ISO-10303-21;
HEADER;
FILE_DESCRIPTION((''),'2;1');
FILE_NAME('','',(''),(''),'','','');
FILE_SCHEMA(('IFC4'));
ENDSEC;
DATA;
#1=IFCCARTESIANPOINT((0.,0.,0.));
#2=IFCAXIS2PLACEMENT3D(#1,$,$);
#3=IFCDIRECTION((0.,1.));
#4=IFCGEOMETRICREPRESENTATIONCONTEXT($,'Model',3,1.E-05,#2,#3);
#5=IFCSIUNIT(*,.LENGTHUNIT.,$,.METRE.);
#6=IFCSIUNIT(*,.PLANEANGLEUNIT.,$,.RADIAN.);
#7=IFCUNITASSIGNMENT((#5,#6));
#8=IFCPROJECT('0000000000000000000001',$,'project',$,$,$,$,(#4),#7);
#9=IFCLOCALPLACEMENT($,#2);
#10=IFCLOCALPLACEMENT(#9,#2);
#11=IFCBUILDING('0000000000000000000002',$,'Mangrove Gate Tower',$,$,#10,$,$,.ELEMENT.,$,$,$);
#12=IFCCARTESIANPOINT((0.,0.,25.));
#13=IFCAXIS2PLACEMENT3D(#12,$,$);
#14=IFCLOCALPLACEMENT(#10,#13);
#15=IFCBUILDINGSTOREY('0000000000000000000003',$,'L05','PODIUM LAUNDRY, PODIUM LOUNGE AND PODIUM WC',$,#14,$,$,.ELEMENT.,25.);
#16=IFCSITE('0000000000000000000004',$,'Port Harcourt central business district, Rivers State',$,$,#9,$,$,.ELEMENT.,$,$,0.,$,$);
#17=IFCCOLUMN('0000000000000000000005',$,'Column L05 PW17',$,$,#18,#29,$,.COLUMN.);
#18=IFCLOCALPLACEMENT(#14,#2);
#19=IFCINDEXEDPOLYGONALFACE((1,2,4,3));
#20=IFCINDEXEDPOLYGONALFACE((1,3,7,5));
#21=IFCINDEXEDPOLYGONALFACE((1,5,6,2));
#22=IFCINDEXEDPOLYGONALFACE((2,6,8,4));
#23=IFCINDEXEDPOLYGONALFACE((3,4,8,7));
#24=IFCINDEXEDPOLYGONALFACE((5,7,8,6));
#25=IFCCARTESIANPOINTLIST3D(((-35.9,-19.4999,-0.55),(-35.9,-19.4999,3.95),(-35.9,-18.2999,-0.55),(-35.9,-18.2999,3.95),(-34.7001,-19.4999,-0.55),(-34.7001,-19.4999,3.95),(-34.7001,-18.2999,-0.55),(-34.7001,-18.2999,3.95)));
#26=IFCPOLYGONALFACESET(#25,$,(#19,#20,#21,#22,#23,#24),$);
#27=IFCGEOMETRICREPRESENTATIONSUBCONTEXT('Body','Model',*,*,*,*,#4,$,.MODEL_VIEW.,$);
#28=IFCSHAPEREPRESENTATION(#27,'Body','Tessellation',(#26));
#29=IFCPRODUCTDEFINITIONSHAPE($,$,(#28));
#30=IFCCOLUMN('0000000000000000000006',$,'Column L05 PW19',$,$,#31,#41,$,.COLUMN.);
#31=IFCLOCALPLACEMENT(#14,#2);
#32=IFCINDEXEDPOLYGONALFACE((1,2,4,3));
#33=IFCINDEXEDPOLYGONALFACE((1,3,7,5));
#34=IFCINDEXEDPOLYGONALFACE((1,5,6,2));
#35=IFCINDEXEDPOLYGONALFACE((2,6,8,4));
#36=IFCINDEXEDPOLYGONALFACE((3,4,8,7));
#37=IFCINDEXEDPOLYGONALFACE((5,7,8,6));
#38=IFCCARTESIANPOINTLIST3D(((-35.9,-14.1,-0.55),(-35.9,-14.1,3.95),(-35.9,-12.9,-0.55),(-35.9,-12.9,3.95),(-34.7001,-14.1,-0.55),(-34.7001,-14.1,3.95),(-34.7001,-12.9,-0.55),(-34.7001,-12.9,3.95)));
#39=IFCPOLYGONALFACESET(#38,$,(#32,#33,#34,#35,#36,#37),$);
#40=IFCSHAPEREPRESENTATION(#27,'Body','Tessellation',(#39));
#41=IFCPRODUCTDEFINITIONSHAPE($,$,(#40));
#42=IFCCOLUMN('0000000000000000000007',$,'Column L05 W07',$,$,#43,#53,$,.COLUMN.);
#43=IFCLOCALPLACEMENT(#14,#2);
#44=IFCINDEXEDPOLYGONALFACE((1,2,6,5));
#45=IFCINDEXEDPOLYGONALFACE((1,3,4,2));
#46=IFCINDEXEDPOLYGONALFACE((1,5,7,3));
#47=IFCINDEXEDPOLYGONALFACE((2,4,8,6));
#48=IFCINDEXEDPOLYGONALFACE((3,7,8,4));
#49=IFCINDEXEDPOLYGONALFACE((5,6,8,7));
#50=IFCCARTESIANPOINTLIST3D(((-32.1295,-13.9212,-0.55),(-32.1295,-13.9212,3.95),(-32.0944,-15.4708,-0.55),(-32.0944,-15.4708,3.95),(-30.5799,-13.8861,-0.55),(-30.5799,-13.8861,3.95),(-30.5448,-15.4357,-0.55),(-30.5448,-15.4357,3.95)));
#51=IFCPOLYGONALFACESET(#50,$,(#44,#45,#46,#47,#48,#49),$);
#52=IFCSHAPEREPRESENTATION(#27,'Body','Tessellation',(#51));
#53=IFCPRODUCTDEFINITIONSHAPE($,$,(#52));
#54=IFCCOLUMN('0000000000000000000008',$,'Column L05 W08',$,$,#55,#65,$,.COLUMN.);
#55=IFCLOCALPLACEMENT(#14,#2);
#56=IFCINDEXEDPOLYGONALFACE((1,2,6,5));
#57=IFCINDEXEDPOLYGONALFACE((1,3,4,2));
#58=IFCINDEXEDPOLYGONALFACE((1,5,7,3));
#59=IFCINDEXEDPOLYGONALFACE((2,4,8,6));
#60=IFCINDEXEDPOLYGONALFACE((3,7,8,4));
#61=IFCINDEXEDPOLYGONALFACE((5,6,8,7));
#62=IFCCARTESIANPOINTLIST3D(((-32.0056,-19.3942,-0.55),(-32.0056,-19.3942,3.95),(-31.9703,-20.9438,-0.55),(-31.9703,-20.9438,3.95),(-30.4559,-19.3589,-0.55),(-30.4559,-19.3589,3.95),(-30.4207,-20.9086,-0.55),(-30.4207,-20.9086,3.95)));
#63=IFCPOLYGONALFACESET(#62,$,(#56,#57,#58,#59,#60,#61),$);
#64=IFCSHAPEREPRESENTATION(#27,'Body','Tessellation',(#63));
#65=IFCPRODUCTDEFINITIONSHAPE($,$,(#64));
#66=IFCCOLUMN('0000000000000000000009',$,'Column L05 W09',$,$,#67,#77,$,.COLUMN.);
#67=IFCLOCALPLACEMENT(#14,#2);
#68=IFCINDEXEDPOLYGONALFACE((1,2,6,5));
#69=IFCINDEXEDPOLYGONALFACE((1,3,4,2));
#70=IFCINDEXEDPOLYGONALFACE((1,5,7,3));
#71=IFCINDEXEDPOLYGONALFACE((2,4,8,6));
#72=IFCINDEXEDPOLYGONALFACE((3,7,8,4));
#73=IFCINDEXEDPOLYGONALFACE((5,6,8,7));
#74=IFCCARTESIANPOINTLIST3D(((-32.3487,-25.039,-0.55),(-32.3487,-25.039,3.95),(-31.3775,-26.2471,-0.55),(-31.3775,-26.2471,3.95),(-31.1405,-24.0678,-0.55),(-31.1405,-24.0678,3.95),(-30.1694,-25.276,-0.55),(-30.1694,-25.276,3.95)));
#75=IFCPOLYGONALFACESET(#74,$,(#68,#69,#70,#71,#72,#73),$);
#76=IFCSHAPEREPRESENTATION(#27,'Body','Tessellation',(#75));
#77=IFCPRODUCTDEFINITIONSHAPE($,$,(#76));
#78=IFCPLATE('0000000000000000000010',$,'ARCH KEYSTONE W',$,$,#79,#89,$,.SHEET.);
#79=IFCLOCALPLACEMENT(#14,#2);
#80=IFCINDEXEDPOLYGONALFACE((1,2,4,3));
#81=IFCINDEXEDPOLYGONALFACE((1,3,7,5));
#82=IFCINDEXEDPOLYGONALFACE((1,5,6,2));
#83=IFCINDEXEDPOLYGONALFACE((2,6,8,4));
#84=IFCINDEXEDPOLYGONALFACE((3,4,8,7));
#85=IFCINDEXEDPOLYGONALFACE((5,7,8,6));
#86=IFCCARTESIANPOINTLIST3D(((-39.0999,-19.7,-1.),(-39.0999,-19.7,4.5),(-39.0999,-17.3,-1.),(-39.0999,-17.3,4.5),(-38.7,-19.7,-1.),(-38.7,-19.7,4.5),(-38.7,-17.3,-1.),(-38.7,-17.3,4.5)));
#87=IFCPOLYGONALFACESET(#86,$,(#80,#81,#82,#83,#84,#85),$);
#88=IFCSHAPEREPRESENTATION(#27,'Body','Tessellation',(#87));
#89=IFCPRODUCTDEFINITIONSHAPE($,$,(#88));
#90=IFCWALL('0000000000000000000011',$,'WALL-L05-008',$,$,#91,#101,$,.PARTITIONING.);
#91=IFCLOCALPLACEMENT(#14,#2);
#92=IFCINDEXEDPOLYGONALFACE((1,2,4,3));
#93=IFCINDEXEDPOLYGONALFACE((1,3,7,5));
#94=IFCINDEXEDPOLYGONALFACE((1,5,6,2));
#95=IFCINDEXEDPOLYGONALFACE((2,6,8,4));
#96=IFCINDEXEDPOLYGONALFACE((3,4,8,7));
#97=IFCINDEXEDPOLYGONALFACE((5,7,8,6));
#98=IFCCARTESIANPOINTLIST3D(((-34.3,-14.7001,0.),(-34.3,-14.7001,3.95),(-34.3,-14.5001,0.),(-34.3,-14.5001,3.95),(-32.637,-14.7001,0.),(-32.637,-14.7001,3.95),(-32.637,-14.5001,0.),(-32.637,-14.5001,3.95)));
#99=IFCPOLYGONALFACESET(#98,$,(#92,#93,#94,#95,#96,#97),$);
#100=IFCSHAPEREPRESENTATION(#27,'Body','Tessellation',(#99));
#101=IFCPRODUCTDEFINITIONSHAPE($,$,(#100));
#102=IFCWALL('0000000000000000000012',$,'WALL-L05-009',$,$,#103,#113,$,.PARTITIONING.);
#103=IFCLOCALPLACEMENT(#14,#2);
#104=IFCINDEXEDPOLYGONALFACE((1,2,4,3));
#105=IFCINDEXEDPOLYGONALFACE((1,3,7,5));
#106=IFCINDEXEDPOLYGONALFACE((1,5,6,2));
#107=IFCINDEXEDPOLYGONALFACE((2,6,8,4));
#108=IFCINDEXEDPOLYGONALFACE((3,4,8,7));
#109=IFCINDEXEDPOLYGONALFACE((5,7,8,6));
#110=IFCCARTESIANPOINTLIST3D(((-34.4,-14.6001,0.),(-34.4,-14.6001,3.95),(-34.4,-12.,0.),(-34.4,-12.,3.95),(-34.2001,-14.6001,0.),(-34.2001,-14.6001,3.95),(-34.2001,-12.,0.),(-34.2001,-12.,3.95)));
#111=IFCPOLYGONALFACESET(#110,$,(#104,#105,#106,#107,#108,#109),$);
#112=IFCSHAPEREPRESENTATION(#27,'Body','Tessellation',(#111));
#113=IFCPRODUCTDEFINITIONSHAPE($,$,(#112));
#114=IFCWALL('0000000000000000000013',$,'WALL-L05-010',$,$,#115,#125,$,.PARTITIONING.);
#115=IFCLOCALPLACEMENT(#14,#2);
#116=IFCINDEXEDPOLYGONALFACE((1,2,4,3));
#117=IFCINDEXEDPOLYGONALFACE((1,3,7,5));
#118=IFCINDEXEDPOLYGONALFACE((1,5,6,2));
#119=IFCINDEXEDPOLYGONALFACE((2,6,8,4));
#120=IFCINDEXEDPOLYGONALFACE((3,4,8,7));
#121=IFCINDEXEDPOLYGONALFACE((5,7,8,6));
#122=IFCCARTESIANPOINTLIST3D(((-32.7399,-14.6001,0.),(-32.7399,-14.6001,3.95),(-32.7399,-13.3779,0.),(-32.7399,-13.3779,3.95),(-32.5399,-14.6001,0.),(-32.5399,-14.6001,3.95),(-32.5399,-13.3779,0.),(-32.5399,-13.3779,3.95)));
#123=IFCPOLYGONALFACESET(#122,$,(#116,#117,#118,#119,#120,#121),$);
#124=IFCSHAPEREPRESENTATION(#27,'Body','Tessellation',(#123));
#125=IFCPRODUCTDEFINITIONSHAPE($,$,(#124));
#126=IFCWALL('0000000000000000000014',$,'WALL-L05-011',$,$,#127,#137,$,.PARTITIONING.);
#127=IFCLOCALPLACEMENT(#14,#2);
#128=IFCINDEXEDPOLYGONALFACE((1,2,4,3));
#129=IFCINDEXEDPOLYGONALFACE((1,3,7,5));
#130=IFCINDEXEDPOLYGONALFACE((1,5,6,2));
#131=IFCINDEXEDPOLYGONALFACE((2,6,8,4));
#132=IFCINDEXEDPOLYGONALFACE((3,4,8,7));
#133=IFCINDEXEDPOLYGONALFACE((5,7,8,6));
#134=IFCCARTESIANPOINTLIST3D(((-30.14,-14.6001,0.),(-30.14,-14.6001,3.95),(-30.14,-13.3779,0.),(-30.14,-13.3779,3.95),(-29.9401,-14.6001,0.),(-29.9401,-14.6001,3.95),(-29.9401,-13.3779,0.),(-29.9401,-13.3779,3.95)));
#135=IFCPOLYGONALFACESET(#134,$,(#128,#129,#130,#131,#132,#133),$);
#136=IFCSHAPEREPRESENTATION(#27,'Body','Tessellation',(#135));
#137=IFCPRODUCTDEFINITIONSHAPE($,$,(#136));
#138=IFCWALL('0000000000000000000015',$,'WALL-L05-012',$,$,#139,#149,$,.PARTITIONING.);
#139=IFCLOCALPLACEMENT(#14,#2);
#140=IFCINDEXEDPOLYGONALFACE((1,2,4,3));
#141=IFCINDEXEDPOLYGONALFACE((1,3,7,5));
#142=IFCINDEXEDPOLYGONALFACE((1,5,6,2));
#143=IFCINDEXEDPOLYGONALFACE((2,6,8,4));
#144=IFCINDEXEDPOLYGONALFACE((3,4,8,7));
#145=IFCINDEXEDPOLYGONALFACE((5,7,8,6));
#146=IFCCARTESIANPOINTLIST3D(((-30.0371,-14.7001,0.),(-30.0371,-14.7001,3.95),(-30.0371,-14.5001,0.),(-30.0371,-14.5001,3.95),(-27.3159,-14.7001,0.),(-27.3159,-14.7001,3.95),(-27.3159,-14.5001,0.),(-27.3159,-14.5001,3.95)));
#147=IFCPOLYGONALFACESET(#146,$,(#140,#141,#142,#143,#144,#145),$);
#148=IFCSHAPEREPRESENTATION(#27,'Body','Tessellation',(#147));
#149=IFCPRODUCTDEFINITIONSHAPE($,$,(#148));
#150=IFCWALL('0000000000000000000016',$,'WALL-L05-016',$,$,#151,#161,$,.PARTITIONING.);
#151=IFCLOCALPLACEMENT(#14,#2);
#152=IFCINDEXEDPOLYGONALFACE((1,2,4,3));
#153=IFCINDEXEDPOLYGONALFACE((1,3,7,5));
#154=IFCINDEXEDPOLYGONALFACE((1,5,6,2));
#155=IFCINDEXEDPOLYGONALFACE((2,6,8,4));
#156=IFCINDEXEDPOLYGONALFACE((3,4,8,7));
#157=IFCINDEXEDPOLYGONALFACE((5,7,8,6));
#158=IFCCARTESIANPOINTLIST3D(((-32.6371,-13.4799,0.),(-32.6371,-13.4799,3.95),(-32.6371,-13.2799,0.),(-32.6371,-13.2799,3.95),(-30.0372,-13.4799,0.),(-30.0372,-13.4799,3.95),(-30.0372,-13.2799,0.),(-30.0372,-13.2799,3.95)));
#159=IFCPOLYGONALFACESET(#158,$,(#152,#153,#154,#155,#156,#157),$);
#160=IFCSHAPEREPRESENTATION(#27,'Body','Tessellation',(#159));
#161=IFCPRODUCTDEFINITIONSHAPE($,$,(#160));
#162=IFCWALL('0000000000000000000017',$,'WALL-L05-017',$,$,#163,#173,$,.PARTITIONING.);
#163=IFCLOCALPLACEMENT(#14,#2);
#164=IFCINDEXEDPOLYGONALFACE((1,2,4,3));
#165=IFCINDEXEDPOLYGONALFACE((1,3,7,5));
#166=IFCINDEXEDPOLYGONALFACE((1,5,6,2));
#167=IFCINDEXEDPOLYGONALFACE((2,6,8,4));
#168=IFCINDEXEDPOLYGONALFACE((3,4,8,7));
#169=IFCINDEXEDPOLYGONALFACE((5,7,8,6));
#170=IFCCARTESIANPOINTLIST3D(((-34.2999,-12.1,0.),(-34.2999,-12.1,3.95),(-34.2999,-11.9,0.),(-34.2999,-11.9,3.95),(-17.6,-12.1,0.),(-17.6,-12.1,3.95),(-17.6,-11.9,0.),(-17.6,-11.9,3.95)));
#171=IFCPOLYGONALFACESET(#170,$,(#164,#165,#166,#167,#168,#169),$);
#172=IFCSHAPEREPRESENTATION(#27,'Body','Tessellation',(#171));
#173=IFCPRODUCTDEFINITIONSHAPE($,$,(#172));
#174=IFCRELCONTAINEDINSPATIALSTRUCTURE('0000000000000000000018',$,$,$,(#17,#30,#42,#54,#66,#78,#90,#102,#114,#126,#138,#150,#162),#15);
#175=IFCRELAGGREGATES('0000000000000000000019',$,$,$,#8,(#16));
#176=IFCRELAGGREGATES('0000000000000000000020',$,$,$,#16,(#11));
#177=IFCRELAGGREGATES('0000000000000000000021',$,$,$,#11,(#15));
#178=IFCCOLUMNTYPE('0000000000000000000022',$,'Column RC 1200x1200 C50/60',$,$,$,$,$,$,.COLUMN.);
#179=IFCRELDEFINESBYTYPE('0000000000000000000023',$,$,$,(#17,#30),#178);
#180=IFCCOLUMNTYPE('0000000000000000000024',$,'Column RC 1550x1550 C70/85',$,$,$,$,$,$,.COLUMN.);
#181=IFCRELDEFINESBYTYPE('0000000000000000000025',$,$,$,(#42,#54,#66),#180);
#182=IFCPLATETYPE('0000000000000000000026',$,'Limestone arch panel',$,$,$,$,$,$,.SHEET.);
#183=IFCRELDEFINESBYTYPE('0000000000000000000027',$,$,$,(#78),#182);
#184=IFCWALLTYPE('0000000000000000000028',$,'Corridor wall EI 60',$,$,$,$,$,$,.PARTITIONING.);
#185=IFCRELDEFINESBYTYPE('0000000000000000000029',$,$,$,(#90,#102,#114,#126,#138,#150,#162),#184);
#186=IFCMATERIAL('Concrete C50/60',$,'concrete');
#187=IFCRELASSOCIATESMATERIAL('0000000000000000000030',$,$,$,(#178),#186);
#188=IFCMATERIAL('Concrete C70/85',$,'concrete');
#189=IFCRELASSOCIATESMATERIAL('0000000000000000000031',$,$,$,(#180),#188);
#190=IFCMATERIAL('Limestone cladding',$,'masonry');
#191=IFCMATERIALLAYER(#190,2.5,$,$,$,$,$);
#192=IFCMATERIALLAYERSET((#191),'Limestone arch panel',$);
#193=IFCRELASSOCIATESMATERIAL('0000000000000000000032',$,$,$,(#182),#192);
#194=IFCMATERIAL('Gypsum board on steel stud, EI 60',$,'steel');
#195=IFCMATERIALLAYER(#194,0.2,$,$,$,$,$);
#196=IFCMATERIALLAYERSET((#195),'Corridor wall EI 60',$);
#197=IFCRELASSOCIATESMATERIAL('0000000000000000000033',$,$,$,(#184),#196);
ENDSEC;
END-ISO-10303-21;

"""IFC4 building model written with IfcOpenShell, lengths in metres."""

from ifc_helpers import new_model, si_unit, direction, frame, frame_2d, origin, origin_2d, place, context, subcontext, project, spatial, rectangle, extrude, material, layer, layer_set, material_profile, profile_set, type_object, element, save


model = new_model("IFC4")

# Units and contexts
model_context = context("Model", 3, precision=1e-05, world=origin(), true_north=direction((0.0, 1.0)))
body_context = subcontext(model_context, "Body", "Model", "MODEL_VIEW")
ifc_project = project(units=[si_unit("LENGTHUNIT", "METRE"), si_unit("PLANEANGLEUNIT", "RADIAN")], contexts=[model_context])

# Site, building, storey
site_placement = place(None, origin())
site = spatial("IfcSite", under=ifc_project, at=site_placement, Name="Port Harcourt central business district, Rivers State", CompositionType="ELEMENT", RefElevation=0.0)
building_placement = place(site_placement, origin())
building = spatial("IfcBuilding", under=site, at=building_placement, Name="Mangrove Gate Tower", CompositionType="ELEMENT")
storey_placement = place(building_placement, frame((0.0, 0.0, 25.0)))
storey = spatial("IfcBuildingStorey", under=building, at=storey_placement, Name="L05", Description="PODIUM LAUNDRY, PODIUM LOUNGE AND PODIUM WC", CompositionType="ELEMENT", Elevation=25.0)

# Columns
ifc_material_1 = material(Name="Concrete C50/60", Category="concrete")
ifc_material_profile_1 = material_profile(ifc_material_1, rectangle(XDim=1.2, YDim=1.2, at=origin_2d()))
ifc_profile_set_1 = profile_set([ifc_material_profile_1], Name="Concrete C50/60")
column_type_1 = type_object("IfcColumnType", Name="Column RC 1200x1200 C50/60", PredefinedType="COLUMN", material=ifc_profile_set_1)
for number, where, z_axis, x_axis, name in (
    (1, (-35.3, -18.8999, -0.55), (0.0, 0.0, 1.0), (1.0, 0.0, 0.0), "Column L05 PW17"),
    (2, (-35.3, -13.5, -0.55), (0.0, 0.0, 1.0), (1.0, 0.0, 0.0), "Column L05 PW19"),
):
    element("IfcColumn", number, at=place(storey_placement, frame(where, z_axis=z_axis, x_axis=x_axis)), inside=storey, type_object=column_type_1, Name=name, PredefinedType="COLUMN", context=body_context, shape_type="SweptSolid", body=[
        extrude(rectangle(XDim=1.2, YDim=1.2, at=origin_2d()), origin(), (0.0, 0.0, 1.0), 4.5),
    ])
ifc_material_2 = material(Name="Concrete C70/85", Category="concrete")
ifc_material_profile_2 = material_profile(ifc_material_2, rectangle(XDim=1.55, YDim=1.55, at=origin_2d()))
ifc_profile_set_2 = profile_set([ifc_material_profile_2], Name="Concrete C70/85")
column_type_2 = type_object("IfcColumnType", Name="Column RC 1550x1550 C70/85", PredefinedType="COLUMN", material=ifc_profile_set_2)
for number, where, z_axis, x_axis, name in (
    (3, (-31.3372, -14.6785, -0.55), (0.0, 0.0, 1.0), (0.022649, -0.999743, 0.0), "Column L05 W07"),
    (4, (-31.2131, -20.1514, -0.55), (0.0, 0.0, 1.0), (0.02274, -0.999741, 0.0), "Column L05 W08"),
    (5, (-31.259, -25.1575, -0.55), (0.0, 0.0, 1.0), (0.626514, -0.77941, 0.0), "Column L05 W09"),
):
    element("IfcColumn", number, at=place(storey_placement, frame(where, z_axis=z_axis, x_axis=x_axis)), inside=storey, type_object=column_type_2, Name=name, PredefinedType="COLUMN", context=body_context, shape_type="SweptSolid", body=[
        extrude(rectangle(XDim=1.55, YDim=1.55, at=origin_2d()), origin(), (0.0, 0.0, 1.0), 4.5),
    ])

# Plate
ifc_material_3 = material(Name="Limestone cladding", Category="masonry")
ifc_layer_1 = layer(ifc_material_3, 2.5)
ifc_layer_set_1 = layer_set([ifc_layer_1], Name="Limestone arch panel")
plate_type = type_object("IfcPlateType", Name="Limestone arch panel", PredefinedType="SHEET", material=ifc_layer_set_1)
plate_placement = place(storey_placement, frame((-38.8999, -18.5, -1.0), z_axis=(0.0, 0.0, 1.0), x_axis=(1.0, 0.0, 0.0)))
element("IfcPlate", 6, at=plate_placement, inside=storey, type_object=plate_type, Name="ARCH KEYSTONE W", PredefinedType="SHEET", context=body_context, shape_type="SweptSolid", body=[
    extrude(rectangle(XDim=0.3999, YDim=2.3999, at=origin_2d()), origin(), (0.0, 0.0, 1.0), 5.5),
])

# Walls
ifc_material_4 = material(Name="Gypsum board on steel stud, EI 60", Category="steel")
ifc_layer_2 = layer(ifc_material_4, 0.2)
ifc_layer_set_2 = layer_set([ifc_layer_2], Name="Corridor wall EI 60")
wall_type_1 = type_object("IfcWallType", Name="Corridor wall EI 60", PredefinedType="PARTITIONING", material=ifc_layer_set_2)
wall_1_placement = place(storey_placement, frame((-34.3, -14.6001, 0.0), z_axis=(0.0, 0.0, 1.0), x_axis=(1.0, 0.0, 0.0)))
element("IfcWall", 7, at=wall_1_placement, inside=storey, type_object=wall_type_1, Name="WALL-L05-008", PredefinedType="PARTITIONING", context=body_context, shape_type="SweptSolid", body=[
    extrude(rectangle(XDim=1.6631, YDim=0.2, at=frame_2d((0.8315, 0.0))), origin(), (0.0, 0.0, 1.0), 3.95),
])
wall_2_placement = place(storey_placement, frame((-34.3, -14.6001, 0.0), z_axis=(0.0, 0.0, 1.0), x_axis=(0.0, 1.0, 0.0)))
element("IfcWall", 8, at=wall_2_placement, inside=storey, type_object=wall_type_1, Name="WALL-L05-009", PredefinedType="PARTITIONING", context=body_context, shape_type="SweptSolid", body=[
    extrude(rectangle(XDim=2.6001, YDim=0.2, at=frame_2d((1.3, 0.0))), origin(), (0.0, 0.0, 1.0), 3.95),
])
for number, where, z_axis, x_axis, name in (
    (9, (-32.6399, -14.6001, 0.0), (0.0, 0.0, 1.0), (0.0, 1.0, 0.0), "WALL-L05-010"),
    (10, (-30.04, -14.6001, 0.0), (0.0, 0.0, 1.0), (0.0, 1.0, 0.0), "WALL-L05-011"),
):
    element("IfcWall", number, at=place(storey_placement, frame(where, z_axis=z_axis, x_axis=x_axis)), inside=storey, type_object=wall_type_1, Name=name, PredefinedType="PARTITIONING", context=body_context, shape_type="SweptSolid", body=[
        extrude(rectangle(XDim=1.2222, YDim=0.2, at=frame_2d((0.6111, 0.0))), origin(), (0.0, 0.0, 1.0), 3.95),
    ])
wall_3_placement = place(storey_placement, frame((-30.0371, -14.6001, 0.0), z_axis=(0.0, 0.0, 1.0), x_axis=(1.0, 0.0, 0.0)))
element("IfcWall", 11, at=wall_3_placement, inside=storey, type_object=wall_type_1, Name="WALL-L05-012", PredefinedType="PARTITIONING", context=body_context, shape_type="SweptSolid", body=[
    extrude(rectangle(XDim=2.7212, YDim=0.2, at=frame_2d((1.3606, 0.0))), origin(), (0.0, 0.0, 1.0), 3.95),
])
wall_4_placement = place(storey_placement, frame((-32.637, -13.3799, 0.0), z_axis=(0.0, 0.0, 1.0), x_axis=(1.0, 0.0, 0.0)))
element("IfcWall", 12, at=wall_4_placement, inside=storey, type_object=wall_type_1, Name="WALL-L05-016", PredefinedType="PARTITIONING", context=body_context, shape_type="SweptSolid", body=[
    extrude(rectangle(XDim=2.5999, YDim=0.2, at=frame_2d((1.2998, 0.0))), origin(), (0.0, 0.0, 1.0), 3.95),
])
wall_5_placement = place(storey_placement, frame((-34.3, -12.0, 0.0), z_axis=(0.0, 0.0, 1.0), x_axis=(1.0, 0.0, 0.0)))
element("IfcWall", 13, at=wall_5_placement, inside=storey, type_object=wall_type_1, Name="WALL-L05-017", PredefinedType="PARTITIONING", context=body_context, shape_type="SweptSolid", body=[
    extrude(rectangle(XDim=16.7, YDim=0.2, at=frame_2d((8.3501, 0.0))), origin(), (0.0, 0.0, 1.0), 3.95),
])

save(model, "model.ifc")
